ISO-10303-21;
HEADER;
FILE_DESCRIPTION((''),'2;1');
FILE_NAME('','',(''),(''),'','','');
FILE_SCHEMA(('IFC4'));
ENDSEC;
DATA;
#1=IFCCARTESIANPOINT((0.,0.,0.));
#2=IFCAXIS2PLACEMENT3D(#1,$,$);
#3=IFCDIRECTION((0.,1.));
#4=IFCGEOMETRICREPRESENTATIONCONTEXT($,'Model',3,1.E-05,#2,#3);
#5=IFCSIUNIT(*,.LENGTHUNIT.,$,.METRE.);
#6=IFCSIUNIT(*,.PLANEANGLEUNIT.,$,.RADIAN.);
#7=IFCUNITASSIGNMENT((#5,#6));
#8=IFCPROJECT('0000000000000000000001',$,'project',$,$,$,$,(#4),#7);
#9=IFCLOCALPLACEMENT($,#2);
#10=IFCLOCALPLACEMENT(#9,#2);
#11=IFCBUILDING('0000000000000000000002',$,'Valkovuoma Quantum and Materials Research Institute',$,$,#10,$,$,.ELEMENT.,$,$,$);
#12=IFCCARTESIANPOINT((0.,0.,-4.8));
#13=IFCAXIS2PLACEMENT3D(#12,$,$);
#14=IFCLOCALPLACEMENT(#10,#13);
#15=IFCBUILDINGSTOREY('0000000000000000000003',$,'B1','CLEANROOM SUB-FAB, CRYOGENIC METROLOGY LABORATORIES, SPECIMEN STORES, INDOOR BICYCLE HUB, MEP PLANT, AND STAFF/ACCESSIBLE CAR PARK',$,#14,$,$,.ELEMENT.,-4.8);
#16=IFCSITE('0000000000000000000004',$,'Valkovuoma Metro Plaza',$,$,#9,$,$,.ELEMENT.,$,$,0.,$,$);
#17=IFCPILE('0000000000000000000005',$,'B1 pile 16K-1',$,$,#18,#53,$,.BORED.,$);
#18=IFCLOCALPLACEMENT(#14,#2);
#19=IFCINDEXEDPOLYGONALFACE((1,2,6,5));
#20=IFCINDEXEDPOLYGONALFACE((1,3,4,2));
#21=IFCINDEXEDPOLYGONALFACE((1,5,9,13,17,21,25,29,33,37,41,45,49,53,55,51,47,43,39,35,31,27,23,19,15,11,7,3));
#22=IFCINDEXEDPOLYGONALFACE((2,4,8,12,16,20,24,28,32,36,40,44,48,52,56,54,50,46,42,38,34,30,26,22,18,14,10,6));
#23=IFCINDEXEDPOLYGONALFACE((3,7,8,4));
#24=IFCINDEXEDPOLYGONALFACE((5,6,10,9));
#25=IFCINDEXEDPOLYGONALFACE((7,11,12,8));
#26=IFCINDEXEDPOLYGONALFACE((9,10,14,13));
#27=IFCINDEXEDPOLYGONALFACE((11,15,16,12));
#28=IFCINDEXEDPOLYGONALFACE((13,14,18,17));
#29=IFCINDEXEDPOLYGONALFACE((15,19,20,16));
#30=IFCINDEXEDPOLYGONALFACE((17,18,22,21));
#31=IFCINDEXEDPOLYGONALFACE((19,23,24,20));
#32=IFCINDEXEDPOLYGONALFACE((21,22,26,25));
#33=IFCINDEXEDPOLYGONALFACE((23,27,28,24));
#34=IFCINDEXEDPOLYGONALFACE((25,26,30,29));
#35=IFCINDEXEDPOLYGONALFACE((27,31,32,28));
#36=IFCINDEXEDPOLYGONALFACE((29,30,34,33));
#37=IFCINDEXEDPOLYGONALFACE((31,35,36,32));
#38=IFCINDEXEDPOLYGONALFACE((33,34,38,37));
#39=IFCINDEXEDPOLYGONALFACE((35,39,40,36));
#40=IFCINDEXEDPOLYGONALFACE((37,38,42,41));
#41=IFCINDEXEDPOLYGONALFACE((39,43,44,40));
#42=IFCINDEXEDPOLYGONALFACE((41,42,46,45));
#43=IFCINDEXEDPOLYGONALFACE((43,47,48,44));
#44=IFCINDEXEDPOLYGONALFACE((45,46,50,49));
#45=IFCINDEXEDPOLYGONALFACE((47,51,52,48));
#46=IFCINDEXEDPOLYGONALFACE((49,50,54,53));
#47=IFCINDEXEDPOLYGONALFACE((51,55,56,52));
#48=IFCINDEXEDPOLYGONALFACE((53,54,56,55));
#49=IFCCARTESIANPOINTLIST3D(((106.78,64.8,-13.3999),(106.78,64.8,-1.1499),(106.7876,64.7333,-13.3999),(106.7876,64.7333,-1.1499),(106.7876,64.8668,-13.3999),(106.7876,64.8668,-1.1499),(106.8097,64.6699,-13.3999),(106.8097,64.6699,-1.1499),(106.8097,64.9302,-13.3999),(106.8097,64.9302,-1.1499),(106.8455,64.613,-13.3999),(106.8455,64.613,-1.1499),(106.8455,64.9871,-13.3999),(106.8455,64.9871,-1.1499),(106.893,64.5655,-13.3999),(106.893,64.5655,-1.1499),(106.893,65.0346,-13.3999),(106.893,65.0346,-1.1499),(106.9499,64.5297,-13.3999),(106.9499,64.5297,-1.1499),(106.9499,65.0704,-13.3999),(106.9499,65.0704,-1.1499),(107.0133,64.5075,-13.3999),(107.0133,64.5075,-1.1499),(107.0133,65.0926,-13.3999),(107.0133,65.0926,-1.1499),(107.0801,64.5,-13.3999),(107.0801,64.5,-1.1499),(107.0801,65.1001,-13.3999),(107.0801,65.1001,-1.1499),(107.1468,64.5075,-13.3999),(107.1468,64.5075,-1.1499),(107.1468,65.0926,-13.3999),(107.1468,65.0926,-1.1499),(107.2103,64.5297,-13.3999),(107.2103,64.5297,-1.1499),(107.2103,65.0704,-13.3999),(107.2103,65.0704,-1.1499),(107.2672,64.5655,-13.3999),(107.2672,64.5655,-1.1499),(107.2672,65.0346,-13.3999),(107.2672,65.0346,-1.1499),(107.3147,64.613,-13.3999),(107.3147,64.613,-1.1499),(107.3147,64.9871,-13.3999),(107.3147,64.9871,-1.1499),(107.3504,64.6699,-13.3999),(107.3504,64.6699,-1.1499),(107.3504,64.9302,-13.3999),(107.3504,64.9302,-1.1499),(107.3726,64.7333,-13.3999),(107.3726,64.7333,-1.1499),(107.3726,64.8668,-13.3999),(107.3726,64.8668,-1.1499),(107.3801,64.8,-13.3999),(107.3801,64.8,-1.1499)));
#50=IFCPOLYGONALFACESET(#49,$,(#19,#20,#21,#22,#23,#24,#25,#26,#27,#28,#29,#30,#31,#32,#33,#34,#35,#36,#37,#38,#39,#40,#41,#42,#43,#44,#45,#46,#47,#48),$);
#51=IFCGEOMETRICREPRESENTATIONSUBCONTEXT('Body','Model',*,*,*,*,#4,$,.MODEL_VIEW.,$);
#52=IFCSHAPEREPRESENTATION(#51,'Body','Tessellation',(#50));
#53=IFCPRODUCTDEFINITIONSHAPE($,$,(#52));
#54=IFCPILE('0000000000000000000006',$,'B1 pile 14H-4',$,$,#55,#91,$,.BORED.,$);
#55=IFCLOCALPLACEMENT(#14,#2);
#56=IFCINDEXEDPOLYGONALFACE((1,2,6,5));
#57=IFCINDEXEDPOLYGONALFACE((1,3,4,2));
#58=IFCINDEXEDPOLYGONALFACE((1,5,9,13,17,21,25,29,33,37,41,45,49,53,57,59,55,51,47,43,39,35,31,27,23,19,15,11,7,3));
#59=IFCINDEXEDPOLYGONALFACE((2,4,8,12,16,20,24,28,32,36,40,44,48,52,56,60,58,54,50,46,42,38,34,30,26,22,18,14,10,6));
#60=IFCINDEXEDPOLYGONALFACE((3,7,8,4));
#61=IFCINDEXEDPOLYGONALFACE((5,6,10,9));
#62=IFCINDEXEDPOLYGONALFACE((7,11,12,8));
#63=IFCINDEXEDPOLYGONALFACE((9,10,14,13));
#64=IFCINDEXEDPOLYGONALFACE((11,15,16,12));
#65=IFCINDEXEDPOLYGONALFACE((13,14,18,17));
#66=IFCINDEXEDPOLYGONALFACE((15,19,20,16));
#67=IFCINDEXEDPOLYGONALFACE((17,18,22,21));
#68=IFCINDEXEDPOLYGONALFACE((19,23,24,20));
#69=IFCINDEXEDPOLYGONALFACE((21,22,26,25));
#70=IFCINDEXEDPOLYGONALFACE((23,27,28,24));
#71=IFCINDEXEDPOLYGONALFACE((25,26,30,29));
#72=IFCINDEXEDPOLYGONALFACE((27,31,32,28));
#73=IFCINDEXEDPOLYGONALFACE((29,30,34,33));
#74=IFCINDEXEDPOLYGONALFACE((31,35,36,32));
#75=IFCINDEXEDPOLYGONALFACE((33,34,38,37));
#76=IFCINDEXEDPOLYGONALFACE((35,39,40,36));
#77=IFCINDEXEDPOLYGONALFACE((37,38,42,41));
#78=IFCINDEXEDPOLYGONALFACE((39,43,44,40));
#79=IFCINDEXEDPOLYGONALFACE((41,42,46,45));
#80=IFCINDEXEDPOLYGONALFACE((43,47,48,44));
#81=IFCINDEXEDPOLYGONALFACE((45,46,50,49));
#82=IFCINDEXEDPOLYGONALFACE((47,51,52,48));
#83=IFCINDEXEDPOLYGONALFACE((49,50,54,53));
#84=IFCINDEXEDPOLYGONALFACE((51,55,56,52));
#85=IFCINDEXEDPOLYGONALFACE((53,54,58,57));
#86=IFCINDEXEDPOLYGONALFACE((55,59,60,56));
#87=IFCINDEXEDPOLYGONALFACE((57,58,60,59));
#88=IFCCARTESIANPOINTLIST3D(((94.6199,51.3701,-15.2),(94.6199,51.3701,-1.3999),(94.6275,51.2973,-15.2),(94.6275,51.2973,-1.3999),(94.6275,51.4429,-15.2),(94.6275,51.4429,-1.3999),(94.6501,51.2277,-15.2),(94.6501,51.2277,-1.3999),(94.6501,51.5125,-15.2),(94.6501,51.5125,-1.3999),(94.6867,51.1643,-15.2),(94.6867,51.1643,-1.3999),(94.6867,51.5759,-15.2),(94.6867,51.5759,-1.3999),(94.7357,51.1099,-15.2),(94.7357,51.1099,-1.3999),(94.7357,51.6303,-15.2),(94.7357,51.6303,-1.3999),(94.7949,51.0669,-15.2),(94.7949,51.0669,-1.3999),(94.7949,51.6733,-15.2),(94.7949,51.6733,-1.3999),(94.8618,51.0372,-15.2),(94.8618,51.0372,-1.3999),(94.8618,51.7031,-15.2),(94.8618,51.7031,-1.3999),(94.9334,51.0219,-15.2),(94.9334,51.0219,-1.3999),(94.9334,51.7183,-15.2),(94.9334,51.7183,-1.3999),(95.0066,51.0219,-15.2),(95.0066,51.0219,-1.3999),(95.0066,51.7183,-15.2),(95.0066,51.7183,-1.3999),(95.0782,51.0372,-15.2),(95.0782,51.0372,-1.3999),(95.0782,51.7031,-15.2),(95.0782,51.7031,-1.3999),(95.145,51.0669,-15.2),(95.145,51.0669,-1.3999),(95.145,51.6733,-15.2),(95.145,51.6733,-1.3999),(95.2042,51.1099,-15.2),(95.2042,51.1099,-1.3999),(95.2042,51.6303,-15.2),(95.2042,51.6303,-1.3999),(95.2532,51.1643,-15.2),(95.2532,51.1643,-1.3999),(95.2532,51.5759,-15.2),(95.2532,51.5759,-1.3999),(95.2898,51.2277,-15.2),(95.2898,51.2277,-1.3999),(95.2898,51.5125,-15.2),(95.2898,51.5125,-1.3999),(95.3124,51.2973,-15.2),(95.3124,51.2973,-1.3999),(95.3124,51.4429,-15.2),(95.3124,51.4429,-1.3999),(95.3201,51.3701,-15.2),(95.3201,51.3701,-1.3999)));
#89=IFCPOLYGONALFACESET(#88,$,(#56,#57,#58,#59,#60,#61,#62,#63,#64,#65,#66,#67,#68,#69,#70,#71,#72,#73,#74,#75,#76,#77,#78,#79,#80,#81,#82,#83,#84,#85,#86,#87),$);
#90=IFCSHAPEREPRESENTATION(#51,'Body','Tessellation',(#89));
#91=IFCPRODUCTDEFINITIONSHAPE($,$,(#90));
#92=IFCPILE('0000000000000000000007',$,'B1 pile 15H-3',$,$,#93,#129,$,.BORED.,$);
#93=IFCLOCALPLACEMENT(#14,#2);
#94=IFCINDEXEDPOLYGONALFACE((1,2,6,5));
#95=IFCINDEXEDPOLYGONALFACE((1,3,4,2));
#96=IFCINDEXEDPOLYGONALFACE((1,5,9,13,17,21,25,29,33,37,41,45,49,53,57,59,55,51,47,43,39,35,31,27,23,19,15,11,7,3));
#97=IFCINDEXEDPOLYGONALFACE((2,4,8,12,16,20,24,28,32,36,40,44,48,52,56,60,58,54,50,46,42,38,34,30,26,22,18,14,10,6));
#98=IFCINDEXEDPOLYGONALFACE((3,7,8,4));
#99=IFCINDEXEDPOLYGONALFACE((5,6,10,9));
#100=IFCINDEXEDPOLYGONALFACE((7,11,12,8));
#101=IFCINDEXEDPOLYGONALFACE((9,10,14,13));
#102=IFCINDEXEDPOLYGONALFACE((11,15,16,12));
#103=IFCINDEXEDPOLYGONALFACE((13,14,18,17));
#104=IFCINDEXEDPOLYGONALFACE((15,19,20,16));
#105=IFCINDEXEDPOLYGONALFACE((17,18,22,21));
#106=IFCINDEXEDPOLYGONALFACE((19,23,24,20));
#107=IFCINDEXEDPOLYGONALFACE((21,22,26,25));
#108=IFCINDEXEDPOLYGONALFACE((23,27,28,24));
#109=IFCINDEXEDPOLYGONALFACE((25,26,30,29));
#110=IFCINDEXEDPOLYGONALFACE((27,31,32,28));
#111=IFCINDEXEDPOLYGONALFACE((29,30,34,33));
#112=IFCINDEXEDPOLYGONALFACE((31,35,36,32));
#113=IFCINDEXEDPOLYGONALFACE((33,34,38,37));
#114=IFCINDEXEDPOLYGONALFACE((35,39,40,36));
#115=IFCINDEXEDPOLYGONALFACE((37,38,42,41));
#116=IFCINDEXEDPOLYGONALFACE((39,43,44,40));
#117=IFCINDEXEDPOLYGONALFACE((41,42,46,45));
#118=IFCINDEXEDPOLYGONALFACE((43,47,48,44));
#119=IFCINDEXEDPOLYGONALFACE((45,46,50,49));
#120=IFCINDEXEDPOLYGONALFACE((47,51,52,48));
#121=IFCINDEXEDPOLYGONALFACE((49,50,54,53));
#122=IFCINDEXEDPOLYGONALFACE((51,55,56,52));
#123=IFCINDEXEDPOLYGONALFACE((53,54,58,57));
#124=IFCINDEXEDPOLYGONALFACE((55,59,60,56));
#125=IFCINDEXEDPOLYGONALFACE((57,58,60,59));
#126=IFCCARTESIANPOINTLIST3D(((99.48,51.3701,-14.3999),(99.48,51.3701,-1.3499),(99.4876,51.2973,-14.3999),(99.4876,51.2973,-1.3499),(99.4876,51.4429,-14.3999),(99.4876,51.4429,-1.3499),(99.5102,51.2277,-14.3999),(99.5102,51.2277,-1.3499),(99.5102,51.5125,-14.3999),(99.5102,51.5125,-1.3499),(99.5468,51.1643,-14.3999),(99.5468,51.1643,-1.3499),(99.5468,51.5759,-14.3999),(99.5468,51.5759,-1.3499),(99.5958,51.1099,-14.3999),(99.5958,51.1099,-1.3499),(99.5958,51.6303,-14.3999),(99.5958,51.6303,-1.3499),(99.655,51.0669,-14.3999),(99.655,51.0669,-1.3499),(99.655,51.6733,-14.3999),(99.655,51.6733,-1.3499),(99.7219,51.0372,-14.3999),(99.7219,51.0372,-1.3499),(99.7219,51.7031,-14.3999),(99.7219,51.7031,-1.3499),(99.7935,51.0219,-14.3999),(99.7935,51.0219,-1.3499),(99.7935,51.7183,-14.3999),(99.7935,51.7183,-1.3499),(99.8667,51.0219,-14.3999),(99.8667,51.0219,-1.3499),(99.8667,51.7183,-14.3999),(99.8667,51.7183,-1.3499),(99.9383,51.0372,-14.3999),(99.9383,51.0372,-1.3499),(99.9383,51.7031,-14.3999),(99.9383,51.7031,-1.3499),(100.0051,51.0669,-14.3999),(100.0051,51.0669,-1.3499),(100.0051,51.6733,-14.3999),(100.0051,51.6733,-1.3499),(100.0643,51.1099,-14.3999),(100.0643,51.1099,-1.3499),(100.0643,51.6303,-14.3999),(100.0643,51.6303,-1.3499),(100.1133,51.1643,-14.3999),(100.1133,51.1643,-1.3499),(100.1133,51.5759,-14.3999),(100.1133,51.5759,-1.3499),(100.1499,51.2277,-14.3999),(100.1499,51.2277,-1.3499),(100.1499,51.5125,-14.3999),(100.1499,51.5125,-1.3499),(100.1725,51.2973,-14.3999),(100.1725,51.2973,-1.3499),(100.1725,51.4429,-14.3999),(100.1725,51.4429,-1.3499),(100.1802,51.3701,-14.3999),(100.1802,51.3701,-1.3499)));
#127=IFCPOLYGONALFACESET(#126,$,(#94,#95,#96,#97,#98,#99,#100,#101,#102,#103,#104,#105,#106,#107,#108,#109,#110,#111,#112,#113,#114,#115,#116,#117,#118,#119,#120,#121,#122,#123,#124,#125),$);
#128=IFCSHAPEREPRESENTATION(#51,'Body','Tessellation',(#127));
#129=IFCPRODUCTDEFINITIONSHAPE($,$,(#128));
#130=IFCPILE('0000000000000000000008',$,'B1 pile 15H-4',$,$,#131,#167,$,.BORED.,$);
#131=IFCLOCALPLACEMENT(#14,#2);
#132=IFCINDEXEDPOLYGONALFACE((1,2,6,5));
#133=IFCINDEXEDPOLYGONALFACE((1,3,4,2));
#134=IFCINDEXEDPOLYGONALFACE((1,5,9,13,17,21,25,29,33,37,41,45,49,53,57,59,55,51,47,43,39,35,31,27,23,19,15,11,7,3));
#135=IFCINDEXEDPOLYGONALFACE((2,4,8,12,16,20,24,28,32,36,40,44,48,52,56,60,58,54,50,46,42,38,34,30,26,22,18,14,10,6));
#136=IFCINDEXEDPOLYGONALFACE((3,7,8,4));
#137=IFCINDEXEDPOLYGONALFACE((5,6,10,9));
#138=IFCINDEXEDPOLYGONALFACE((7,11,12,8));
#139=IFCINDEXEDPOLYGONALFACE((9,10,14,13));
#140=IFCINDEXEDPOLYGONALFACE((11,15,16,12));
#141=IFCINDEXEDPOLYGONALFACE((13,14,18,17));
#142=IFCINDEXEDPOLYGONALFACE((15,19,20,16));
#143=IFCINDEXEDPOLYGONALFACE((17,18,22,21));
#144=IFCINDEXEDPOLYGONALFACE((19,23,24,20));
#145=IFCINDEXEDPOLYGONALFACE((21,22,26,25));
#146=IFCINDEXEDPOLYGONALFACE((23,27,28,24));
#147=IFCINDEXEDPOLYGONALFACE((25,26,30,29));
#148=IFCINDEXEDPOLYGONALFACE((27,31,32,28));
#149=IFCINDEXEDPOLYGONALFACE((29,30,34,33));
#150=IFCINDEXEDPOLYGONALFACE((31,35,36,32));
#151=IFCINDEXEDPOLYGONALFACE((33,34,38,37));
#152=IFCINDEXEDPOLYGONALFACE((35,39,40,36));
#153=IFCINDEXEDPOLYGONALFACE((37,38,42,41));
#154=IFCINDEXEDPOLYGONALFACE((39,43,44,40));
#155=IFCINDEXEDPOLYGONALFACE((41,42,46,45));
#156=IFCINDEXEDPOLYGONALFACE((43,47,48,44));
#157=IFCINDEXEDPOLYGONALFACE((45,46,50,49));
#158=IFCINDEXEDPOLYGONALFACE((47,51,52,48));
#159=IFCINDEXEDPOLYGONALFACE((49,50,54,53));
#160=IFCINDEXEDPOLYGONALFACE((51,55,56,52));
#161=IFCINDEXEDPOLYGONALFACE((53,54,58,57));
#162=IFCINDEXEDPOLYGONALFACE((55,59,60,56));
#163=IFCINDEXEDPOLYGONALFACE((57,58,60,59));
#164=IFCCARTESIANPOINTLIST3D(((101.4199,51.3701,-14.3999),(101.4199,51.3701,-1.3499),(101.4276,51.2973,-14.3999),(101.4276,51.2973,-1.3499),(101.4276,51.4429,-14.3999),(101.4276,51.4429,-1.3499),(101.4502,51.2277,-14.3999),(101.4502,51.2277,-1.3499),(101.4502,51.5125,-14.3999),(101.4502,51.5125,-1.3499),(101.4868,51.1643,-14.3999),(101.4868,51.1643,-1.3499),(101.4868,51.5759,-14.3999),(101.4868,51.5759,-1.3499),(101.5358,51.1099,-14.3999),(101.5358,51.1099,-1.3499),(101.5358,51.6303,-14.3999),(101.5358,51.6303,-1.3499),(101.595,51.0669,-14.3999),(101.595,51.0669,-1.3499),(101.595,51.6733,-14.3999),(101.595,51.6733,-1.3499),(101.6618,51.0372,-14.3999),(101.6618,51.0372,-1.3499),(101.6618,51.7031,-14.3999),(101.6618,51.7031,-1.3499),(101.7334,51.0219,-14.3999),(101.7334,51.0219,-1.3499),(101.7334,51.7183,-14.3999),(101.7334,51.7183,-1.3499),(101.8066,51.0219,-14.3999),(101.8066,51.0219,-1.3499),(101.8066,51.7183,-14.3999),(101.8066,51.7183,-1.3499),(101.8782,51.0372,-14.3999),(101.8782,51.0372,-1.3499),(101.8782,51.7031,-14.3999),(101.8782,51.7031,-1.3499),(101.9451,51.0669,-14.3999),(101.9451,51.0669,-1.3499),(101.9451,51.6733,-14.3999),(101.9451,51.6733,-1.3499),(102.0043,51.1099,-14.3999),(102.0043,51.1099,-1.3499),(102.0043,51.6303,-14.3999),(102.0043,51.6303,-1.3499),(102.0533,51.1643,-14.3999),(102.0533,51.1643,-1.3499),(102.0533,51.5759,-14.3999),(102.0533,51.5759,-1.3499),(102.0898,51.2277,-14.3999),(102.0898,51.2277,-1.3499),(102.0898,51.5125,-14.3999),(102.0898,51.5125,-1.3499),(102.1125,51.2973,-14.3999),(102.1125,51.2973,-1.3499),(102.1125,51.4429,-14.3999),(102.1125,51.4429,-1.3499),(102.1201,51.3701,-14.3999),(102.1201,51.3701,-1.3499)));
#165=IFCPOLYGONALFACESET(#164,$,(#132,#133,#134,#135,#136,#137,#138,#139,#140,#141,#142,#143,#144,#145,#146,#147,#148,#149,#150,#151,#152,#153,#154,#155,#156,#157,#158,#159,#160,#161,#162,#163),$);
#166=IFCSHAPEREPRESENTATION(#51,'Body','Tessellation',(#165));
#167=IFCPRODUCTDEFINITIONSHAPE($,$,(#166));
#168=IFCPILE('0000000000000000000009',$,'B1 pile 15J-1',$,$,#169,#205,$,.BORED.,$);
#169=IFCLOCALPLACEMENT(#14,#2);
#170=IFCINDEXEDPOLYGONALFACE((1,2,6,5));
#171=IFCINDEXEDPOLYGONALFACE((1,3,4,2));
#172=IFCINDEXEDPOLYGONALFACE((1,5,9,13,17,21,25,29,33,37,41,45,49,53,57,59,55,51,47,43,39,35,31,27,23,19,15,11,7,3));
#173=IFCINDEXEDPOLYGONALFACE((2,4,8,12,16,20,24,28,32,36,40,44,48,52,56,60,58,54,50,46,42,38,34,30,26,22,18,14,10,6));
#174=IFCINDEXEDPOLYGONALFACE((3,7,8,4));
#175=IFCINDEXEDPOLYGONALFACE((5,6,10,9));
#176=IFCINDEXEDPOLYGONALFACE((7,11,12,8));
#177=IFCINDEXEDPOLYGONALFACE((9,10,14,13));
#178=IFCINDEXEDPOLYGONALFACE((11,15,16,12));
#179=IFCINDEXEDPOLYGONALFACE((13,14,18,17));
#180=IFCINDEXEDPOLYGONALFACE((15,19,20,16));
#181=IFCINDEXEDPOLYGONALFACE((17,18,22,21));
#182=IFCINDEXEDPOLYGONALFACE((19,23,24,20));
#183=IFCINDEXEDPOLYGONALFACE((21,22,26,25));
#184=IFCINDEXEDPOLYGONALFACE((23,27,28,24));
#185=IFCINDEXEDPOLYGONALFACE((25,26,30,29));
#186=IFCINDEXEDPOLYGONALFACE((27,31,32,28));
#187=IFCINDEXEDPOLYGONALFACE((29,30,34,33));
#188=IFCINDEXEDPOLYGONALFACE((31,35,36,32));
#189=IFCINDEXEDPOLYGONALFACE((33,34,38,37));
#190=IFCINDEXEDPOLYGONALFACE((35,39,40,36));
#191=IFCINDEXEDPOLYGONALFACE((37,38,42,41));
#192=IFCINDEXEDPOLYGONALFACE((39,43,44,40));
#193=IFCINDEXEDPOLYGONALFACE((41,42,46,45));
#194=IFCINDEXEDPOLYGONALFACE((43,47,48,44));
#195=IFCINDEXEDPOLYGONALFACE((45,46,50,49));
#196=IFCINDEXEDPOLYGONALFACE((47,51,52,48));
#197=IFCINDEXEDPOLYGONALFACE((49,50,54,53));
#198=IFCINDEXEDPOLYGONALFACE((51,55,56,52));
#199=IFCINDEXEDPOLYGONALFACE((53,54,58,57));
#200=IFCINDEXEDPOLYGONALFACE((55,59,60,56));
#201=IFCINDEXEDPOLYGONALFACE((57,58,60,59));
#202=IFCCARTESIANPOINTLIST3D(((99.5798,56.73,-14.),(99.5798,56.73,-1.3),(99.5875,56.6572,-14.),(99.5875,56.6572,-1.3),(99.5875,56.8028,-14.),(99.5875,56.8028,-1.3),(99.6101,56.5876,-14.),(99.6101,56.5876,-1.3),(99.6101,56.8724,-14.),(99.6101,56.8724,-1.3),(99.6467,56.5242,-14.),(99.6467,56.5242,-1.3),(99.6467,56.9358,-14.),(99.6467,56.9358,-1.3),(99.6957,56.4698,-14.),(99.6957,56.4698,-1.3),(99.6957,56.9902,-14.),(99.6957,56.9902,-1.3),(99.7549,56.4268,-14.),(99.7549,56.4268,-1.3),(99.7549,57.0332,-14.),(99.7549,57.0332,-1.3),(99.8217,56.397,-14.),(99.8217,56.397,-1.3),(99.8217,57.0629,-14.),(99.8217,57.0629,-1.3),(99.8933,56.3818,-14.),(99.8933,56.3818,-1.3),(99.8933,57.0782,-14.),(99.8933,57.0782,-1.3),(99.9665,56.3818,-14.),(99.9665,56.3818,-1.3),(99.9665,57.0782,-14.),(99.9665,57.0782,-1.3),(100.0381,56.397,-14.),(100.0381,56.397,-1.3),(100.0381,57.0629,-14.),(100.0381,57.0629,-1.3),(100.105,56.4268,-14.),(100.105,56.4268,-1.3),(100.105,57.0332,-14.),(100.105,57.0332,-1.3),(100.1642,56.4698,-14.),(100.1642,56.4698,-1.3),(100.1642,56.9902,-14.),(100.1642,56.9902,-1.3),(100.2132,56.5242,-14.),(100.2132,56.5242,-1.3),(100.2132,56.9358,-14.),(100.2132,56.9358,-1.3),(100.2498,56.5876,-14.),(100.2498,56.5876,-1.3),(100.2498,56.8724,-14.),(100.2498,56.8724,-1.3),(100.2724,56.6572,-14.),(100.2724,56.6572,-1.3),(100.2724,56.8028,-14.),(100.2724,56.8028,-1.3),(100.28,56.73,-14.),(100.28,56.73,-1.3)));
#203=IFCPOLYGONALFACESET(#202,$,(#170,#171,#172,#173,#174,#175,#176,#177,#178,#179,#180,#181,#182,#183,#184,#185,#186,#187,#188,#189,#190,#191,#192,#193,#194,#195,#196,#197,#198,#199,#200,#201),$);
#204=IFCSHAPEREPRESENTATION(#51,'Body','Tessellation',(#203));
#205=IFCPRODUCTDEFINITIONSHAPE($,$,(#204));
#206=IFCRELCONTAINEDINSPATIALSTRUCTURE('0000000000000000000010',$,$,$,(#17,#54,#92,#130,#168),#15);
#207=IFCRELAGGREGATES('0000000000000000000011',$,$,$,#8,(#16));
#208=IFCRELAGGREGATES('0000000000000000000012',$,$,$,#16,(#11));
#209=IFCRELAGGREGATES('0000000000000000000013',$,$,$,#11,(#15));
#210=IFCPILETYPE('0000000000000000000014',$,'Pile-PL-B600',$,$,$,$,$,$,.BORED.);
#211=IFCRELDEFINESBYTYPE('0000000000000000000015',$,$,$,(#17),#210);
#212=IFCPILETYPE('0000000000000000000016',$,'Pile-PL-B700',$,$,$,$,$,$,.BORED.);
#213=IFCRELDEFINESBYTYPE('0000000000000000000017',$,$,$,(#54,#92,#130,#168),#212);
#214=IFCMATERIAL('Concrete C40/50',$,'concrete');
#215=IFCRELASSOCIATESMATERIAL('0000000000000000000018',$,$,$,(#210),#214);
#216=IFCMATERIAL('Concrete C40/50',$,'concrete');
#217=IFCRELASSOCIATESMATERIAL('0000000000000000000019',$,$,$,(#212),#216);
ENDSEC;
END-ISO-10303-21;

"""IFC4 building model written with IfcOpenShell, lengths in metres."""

from ifc_helpers import new_model, si_unit, direction, frame, origin, origin_2d, place, context, subcontext, project, spatial, circle, extrude, material, material_profile, profile_set, type_object, element, save


model = new_model("IFC4")

# Units and contexts
model_context = context("Model", 3, precision=1e-05, world=origin(), true_north=direction((0.0, 1.0)))
body_context = subcontext(model_context, "Body", "Model", "MODEL_VIEW")
ifc_project = project(units=[si_unit("LENGTHUNIT", "METRE"), si_unit("PLANEANGLEUNIT", "RADIAN")], contexts=[model_context])

# Site, building, storey
site_placement = place(None, origin())
site = spatial("IfcSite", under=ifc_project, at=site_placement, Name="Valkovuoma Metro Plaza", CompositionType="ELEMENT", RefElevation=0.0)
building_placement = place(site_placement, origin())
building = spatial("IfcBuilding", under=site, at=building_placement, Name="Valkovuoma Quantum and Materials Research Institute", CompositionType="ELEMENT")
storey_placement = place(building_placement, frame((0.0, 0.0, -4.8)))
storey = spatial("IfcBuildingStorey", under=building, at=storey_placement, Name="B1", Description="CLEANROOM SUB-FAB, CRYOGENIC METROLOGY LABORATORIES, SPECIMEN STORES, INDOOR BICYCLE HUB, MEP PLANT, AND STAFF/ACCESSIBLE CAR PARK", CompositionType="ELEMENT", Elevation=-4.8)

# Piles
ifc_material_1 = material(Name="Concrete C40/50", Category="concrete")
ifc_material_profile_1 = material_profile(ifc_material_1, circle(Radius=0.3, at=origin_2d()), Name="Concrete C40/50")
ifc_profile_set_1 = profile_set([ifc_material_profile_1], Name="Concrete C40/50")
pile_type_1 = type_object("IfcPileType", Name="Pile-PL-B600", PredefinedType="BORED", material=ifc_profile_set_1)
pile_1_placement = place(storey_placement, frame((107.0801, 64.8, -1.1499), z_axis=(0.0, 0.0, -1.0), x_axis=(1.0, 0.0, 0.0)))
element("IfcPile", 1, at=pile_1_placement, inside=storey, type_object=pile_type_1, Name="B1 pile 16K-1", PredefinedType="BORED", context=body_context, shape_type="SweptSolid", body=[
    extrude(circle(Radius=0.3, at=origin_2d()), origin(), (0.0, 0.0, 1.0), 12.25),
])
ifc_material_2 = material(Name="Concrete C40/50", Category="concrete")
ifc_material_profile_2 = material_profile(ifc_material_2, circle(Radius=0.3501, at=origin_2d()), Name="Concrete C40/50")
ifc_profile_set_2 = profile_set([ifc_material_profile_2], Name="Concrete C40/50")
pile_type_2 = type_object("IfcPileType", Name="Pile-PL-B700", PredefinedType="BORED", material=ifc_profile_set_2)
pile_2_placement = place(storey_placement, frame((94.97, 51.3701, -1.3999), z_axis=(0.0, 0.0, -1.0), x_axis=(1.0, 0.0, 0.0)))
element("IfcPile", 2, at=pile_2_placement, inside=storey, type_object=pile_type_2, Name="B1 pile 14H-4", PredefinedType="BORED", context=body_context, shape_type="SweptSolid", body=[
    extrude(circle(Radius=0.3501, at=origin_2d()), origin(), (0.0, 0.0, 1.0), 13.8),
])
for number, where, z_axis, x_axis, name in (
    (3, (99.8301, 51.3701, -1.3499), (0.0, 0.0, -1.0), (1.0, 0.0, 0.0), "B1 pile 15H-3"),
    (4, (101.77, 51.3701, -1.3499), (0.0, 0.0, -1.0), (1.0, 0.0, 0.0), "B1 pile 15H-4"),
):
    element("IfcPile", number, at=place(storey_placement, frame(where, z_axis=z_axis, x_axis=x_axis)), inside=storey, type_object=pile_type_2, Name=name, PredefinedType="BORED", context=body_context, shape_type="SweptSolid", body=[
        extrude(circle(Radius=0.3501, at=origin_2d()), origin(), (0.0, 0.0, 1.0), 13.05),
    ])
for number, where, z_axis, x_axis, name in (
    (5, (99.9299, 56.73, -1.3), (0.0, 0.0, -1.0), (1.0, 0.0, 0.0), "B1 pile 15J-1"),
):
    element("IfcPile", number, at=place(storey_placement, frame(where, z_axis=z_axis, x_axis=x_axis)), inside=storey, type_object=pile_type_2, Name=name, PredefinedType="BORED", context=body_context, shape_type="SweptSolid", body=[
        extrude(circle(Radius=0.3501, at=origin_2d()), origin(), (0.0, 0.0, 1.0), 12.7),
    ])

save(model, "model.ifc")
